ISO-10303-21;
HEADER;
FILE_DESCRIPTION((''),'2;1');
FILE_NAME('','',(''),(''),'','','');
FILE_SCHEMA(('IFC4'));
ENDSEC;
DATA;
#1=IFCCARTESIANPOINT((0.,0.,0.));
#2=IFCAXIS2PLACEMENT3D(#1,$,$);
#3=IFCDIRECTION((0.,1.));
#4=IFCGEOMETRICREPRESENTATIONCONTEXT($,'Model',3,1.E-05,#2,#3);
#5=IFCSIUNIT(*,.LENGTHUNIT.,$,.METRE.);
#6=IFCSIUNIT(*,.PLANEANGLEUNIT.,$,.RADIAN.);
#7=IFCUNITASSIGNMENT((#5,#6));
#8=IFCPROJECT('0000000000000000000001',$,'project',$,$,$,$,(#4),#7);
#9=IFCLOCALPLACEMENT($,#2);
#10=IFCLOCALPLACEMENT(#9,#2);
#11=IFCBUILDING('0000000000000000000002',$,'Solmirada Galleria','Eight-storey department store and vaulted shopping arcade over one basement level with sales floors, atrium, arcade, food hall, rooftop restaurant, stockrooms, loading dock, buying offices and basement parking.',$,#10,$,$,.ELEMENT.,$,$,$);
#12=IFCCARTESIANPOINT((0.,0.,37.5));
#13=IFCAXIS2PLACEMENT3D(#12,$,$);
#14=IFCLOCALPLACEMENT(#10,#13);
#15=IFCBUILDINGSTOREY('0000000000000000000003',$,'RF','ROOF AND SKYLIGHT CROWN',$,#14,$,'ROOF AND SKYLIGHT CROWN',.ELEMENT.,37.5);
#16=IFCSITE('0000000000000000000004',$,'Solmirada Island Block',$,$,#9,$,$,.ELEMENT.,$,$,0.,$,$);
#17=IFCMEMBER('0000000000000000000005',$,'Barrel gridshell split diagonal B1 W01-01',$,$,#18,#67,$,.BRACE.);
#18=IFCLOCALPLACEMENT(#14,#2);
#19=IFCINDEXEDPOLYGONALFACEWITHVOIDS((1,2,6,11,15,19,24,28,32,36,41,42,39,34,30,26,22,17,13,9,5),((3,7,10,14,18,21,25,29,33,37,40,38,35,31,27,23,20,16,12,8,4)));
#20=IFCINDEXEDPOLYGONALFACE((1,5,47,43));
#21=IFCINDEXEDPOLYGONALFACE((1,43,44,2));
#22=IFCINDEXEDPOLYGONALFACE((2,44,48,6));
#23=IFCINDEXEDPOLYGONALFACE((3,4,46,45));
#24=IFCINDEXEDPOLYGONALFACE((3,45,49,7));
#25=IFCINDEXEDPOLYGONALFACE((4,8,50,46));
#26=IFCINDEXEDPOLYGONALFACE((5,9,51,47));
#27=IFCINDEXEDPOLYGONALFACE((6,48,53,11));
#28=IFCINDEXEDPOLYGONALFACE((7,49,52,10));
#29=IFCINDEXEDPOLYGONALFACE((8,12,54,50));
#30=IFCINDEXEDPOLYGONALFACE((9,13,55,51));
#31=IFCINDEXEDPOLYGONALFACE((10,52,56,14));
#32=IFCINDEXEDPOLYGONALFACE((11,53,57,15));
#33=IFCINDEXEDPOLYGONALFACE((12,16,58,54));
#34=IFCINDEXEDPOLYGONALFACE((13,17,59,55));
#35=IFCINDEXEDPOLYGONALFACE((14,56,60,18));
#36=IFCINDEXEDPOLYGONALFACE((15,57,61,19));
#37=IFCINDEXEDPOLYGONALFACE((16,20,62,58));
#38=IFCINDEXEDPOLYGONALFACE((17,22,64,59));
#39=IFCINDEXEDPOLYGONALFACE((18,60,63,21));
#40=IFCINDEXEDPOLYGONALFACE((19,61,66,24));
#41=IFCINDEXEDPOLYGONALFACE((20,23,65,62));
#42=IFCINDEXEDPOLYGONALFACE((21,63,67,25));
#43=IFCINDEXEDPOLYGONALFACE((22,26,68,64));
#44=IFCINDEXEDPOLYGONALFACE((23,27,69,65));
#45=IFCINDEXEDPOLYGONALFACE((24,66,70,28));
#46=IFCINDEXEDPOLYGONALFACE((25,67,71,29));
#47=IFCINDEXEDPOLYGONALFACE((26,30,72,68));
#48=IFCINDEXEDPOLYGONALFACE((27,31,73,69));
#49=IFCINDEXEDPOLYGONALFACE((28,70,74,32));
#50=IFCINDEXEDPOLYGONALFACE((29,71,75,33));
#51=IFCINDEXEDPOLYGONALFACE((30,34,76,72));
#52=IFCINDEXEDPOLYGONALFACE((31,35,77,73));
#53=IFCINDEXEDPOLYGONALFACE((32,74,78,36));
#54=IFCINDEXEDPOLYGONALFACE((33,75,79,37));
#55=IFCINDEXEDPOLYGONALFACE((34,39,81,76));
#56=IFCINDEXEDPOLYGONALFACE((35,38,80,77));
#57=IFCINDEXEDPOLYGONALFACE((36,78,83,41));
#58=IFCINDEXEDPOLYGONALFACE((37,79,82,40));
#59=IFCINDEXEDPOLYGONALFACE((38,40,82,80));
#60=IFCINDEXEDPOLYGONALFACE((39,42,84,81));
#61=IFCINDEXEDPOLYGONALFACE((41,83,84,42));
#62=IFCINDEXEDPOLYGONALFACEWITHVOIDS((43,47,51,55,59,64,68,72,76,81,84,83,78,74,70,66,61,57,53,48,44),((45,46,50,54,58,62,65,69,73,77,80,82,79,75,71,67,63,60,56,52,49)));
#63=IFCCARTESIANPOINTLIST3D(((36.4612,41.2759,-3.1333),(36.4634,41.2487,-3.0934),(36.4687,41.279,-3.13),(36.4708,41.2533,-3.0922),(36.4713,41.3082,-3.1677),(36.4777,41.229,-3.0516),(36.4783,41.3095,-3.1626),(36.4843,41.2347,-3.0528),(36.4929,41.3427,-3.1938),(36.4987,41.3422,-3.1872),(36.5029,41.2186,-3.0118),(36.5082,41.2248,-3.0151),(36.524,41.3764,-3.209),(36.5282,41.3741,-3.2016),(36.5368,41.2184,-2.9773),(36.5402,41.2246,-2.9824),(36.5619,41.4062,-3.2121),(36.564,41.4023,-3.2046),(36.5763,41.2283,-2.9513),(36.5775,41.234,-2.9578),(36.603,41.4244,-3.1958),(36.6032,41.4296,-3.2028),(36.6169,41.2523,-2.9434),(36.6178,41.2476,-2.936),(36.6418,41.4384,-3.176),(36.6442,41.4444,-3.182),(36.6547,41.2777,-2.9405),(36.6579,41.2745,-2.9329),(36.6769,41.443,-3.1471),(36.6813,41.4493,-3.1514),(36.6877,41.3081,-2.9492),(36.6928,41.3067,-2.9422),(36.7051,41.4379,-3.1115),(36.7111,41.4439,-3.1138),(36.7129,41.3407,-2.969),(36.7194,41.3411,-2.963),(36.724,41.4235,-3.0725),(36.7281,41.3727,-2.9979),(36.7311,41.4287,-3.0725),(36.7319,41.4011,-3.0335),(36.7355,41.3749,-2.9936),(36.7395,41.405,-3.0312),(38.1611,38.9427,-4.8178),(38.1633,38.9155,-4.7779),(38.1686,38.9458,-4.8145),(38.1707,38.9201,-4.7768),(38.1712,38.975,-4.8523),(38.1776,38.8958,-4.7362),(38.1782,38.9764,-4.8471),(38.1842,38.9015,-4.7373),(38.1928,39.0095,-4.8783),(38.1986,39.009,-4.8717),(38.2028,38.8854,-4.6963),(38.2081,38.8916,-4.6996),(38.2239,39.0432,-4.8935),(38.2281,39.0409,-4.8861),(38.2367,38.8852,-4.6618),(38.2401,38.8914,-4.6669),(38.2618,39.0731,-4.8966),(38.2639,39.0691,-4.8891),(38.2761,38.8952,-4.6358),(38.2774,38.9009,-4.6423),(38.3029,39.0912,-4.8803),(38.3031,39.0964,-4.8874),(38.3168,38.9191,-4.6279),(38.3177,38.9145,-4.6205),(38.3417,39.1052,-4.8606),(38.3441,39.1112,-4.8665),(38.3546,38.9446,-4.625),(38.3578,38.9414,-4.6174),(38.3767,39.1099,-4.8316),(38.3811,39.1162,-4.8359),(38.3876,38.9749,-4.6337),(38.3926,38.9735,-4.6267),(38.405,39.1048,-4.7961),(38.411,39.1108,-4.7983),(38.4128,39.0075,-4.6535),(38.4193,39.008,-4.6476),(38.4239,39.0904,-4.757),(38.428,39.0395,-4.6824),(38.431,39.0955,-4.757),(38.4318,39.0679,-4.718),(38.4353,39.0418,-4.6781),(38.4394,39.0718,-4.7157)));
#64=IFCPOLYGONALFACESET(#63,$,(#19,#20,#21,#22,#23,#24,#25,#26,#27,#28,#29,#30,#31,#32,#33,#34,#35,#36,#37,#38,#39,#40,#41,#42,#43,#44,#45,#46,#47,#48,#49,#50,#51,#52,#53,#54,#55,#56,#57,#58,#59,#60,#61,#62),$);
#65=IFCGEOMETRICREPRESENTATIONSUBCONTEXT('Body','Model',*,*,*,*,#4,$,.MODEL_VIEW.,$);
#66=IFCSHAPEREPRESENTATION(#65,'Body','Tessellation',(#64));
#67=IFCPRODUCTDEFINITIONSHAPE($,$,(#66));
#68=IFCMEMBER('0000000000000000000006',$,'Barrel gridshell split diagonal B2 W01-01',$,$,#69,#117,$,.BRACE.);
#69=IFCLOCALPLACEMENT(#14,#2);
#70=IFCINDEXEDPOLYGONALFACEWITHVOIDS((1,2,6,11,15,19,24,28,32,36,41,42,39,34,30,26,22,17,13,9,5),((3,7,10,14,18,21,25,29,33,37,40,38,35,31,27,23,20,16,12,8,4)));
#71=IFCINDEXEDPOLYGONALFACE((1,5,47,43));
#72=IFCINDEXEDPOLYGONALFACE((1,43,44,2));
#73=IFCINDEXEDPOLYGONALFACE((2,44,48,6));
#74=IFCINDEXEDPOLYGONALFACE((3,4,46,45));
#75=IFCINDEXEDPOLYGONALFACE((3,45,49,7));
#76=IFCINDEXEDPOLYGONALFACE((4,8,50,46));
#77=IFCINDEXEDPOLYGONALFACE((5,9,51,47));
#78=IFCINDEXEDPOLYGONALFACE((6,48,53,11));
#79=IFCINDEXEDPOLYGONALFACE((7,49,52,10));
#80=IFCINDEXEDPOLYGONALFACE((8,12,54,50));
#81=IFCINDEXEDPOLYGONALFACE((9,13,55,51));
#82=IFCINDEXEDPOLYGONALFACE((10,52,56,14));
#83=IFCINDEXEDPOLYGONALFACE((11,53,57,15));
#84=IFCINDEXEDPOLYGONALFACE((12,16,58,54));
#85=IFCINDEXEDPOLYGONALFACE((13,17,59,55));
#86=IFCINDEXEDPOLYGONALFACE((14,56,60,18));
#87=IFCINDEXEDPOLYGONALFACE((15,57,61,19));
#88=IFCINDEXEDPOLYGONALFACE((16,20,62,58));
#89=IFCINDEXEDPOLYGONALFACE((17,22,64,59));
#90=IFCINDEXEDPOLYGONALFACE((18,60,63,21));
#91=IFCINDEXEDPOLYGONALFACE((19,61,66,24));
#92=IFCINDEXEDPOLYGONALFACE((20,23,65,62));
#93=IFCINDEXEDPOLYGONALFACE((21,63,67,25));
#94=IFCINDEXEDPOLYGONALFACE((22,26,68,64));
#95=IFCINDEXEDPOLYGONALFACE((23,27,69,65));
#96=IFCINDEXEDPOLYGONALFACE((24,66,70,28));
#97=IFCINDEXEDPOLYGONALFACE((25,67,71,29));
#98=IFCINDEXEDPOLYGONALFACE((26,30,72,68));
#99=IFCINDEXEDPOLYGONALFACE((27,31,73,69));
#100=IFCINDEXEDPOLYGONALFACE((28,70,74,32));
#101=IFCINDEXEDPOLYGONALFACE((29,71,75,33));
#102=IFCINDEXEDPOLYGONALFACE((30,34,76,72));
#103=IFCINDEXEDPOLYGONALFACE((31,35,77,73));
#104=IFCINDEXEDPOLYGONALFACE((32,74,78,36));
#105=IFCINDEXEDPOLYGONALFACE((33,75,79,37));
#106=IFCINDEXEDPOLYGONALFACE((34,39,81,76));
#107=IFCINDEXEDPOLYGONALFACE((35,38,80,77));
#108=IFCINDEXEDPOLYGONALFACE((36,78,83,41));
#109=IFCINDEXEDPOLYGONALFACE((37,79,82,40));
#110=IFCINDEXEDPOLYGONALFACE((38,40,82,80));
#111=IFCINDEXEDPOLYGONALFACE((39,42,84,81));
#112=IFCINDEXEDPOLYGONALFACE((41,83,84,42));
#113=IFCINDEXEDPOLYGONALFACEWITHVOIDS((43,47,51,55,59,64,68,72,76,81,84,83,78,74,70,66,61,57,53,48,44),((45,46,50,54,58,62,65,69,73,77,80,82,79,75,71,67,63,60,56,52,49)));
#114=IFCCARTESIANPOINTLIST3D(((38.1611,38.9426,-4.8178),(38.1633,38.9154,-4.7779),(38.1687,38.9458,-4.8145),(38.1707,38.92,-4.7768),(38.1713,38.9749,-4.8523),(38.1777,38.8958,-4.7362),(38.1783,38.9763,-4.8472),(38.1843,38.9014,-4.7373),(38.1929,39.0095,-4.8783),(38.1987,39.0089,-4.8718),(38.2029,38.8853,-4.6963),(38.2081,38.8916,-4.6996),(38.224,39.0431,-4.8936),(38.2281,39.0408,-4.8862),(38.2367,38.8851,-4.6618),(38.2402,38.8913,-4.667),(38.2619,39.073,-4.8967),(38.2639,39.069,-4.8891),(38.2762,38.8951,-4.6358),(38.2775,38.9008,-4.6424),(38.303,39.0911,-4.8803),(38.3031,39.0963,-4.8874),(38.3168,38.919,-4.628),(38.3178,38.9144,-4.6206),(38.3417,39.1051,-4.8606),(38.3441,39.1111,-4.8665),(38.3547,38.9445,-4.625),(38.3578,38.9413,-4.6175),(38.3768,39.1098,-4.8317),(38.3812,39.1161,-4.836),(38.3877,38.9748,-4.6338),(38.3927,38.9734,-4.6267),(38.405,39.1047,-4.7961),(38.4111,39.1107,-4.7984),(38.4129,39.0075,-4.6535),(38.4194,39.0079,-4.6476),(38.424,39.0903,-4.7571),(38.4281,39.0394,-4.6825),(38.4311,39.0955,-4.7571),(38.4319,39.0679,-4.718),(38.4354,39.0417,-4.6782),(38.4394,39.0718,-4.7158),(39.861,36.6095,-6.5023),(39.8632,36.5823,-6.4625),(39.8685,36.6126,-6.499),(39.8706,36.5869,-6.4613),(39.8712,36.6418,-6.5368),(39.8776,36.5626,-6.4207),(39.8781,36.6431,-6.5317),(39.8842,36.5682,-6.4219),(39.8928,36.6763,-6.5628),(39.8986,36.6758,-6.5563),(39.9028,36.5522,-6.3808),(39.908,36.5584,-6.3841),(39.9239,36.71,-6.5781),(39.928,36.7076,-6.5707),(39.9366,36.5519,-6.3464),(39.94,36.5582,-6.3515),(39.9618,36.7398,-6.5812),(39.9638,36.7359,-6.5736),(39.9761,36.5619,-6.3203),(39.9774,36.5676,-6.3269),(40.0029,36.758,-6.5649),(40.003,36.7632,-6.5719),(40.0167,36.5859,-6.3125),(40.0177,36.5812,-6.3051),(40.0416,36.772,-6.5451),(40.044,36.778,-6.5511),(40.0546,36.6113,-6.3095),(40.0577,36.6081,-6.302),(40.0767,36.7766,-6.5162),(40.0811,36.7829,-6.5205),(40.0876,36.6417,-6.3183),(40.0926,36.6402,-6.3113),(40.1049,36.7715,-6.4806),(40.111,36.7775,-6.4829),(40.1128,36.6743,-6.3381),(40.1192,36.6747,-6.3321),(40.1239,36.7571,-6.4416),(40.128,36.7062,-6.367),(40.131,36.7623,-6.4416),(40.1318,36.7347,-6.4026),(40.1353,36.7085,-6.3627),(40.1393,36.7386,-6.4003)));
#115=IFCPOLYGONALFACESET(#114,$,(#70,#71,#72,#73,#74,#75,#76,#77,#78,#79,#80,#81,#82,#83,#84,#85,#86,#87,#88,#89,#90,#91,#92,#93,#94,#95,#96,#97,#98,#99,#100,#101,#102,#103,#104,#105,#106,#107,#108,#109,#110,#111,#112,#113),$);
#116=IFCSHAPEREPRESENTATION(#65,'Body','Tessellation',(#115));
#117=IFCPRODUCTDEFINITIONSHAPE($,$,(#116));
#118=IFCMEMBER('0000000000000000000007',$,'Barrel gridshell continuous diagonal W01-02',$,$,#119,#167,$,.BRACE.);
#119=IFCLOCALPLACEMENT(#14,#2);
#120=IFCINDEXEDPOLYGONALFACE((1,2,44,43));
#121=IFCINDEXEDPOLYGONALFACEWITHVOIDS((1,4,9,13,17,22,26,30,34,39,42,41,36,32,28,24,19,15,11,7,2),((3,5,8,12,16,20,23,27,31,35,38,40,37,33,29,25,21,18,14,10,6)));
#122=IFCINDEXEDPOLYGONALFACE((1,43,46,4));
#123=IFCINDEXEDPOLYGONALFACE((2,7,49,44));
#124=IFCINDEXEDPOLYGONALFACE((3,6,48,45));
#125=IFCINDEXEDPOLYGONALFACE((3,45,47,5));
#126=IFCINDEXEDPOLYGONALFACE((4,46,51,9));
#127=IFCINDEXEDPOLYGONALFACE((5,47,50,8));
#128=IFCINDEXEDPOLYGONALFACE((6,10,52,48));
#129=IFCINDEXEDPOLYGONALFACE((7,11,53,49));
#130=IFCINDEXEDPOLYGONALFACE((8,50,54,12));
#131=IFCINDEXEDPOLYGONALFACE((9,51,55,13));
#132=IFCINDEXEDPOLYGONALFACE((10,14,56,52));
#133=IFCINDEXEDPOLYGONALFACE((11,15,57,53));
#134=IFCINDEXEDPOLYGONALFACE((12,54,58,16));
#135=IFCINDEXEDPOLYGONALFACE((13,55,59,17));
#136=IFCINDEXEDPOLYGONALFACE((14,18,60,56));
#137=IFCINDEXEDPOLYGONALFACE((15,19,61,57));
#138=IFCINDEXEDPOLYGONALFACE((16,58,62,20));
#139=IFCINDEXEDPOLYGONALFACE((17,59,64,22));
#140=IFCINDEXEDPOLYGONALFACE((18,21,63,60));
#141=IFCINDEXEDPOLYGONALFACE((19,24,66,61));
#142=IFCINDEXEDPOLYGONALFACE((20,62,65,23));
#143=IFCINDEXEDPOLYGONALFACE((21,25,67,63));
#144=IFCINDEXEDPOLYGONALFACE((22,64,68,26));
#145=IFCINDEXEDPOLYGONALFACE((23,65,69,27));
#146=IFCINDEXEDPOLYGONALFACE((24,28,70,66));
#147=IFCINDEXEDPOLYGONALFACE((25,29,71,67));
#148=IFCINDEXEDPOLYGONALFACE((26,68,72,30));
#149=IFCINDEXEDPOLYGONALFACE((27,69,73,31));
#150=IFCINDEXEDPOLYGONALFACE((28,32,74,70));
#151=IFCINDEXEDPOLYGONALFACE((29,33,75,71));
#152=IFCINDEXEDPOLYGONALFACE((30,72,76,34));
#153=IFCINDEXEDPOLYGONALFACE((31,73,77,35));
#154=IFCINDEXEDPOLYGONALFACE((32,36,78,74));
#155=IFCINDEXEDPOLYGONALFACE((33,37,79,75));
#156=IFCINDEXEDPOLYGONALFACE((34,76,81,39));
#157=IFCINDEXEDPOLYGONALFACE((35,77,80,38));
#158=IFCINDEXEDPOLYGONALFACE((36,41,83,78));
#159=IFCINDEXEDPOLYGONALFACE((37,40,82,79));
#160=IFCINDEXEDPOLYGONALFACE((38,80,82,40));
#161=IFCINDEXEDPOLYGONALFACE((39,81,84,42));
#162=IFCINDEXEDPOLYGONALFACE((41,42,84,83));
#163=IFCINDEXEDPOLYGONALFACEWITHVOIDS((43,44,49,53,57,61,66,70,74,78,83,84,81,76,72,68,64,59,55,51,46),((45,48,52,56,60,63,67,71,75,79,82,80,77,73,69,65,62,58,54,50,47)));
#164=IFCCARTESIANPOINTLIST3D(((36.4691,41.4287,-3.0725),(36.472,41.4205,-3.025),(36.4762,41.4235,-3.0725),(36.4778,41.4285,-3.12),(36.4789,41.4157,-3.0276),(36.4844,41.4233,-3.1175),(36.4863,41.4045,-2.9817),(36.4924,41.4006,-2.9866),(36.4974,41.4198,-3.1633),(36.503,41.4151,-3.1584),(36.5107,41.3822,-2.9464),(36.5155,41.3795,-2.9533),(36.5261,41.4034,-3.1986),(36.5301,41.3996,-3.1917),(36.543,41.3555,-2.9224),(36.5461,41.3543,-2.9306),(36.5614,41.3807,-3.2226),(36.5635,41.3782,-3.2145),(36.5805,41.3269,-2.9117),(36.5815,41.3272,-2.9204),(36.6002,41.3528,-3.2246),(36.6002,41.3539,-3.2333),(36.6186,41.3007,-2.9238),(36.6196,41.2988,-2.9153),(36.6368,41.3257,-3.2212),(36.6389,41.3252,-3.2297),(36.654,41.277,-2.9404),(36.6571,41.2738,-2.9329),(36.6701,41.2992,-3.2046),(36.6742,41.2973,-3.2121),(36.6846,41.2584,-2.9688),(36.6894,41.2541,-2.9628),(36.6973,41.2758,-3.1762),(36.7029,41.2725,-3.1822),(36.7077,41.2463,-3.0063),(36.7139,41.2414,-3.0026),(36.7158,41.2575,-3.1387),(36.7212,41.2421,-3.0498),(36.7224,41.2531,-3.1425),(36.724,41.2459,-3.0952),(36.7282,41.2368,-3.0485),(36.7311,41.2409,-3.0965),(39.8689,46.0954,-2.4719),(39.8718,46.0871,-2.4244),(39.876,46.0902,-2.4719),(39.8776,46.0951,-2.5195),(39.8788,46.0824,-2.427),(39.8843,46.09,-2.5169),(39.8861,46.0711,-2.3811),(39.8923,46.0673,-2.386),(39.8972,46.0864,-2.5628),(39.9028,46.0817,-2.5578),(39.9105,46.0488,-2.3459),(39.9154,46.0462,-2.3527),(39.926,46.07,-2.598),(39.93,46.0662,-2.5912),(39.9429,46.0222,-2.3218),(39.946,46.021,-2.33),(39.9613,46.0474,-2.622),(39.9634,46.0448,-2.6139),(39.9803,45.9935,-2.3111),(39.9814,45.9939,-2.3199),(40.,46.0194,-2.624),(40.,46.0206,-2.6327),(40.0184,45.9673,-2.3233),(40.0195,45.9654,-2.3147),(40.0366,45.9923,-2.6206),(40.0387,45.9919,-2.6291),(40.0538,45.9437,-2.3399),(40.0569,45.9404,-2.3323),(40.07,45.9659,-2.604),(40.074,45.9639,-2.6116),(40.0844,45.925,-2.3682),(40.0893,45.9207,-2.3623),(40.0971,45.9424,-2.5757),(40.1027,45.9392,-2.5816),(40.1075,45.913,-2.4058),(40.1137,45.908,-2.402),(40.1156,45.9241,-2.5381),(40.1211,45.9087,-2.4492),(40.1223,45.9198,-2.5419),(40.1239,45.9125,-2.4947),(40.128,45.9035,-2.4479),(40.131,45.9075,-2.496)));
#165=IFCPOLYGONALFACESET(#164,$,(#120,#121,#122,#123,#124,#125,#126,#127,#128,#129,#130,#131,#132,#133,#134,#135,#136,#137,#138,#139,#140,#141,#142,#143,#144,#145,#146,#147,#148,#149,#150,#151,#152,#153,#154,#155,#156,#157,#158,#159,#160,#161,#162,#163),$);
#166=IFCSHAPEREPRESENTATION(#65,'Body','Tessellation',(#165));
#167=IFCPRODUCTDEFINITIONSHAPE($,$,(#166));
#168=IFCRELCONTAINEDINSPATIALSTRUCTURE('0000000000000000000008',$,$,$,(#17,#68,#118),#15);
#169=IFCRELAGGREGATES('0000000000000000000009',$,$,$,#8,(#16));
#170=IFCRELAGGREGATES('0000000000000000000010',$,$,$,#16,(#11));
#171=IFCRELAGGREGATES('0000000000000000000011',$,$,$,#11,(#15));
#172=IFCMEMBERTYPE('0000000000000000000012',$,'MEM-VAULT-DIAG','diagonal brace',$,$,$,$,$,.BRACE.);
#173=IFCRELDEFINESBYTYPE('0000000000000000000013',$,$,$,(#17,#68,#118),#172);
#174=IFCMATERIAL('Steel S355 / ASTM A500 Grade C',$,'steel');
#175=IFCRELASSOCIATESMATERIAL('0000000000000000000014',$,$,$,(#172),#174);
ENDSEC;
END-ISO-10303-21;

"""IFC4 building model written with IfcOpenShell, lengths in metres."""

from ifc_helpers import new_model, si_unit, direction, frame, origin, origin_2d, place, context, subcontext, project, spatial, hollow_circle, extrude, material, material_profile, profile_set, type_object, element, save


model = new_model("IFC4")

# Units and contexts
model_context = context("Model", 3, precision=1e-05, world=origin(), true_north=direction((0.0, 1.0)))
body_context = subcontext(model_context, "Body", "Model", "MODEL_VIEW")
ifc_project = project(units=[si_unit("LENGTHUNIT", "METRE"), si_unit("PLANEANGLEUNIT", "RADIAN")], contexts=[model_context])

# Site, building, storey
site_placement = place(None, origin())
site = spatial("IfcSite", under=ifc_project, at=site_placement, Name="Solmirada Island Block", CompositionType="ELEMENT", RefElevation=0.0)
building_placement = place(site_placement, origin())
building = spatial("IfcBuilding", under=site, at=building_placement, Name="Solmirada Galleria", Description="Eight-storey department store and vaulted shopping arcade over one basement level with sales floors, atrium, arcade, food hall, rooftop restaurant, stockrooms, loading dock, buying offices and basement parking.", CompositionType="ELEMENT")
storey_placement = place(building_placement, frame((0.0, 0.0, 37.5)))
storey = spatial("IfcBuildingStorey", under=building, at=storey_placement, Name="RF", Description="ROOF AND SKYLIGHT CROWN", LongName="ROOF AND SKYLIGHT CROWN", CompositionType="ELEMENT", Elevation=37.5)

# Members
ifc_material_1 = material(Name="Steel S355 / ASTM A500 Grade C", Category="steel")
ifc_material_profile_1 = material_profile(ifc_material_1, hollow_circle(Radius=0.1621, WallThickness=0.0088, at=origin_2d()), Name="HSS12.750X0.375")
ifc_profile_set_1 = profile_set([ifc_material_profile_1], Name="Steel S355 / ASTM A500 Grade C")
member_type_1 = type_object("IfcMemberType", Name="MEM-VAULT-DIAG", Description="diagonal brace", PredefinedType="BRACE", material=ifc_profile_set_1)
for number, where, z_axis, x_axis, name in (
    (1, (36.6001, 41.3333, -3.0725), (0.508601, -0.698076, -0.503999), (0.808235, 0.58886, 0.0), "Barrel gridshell split diagonal B1 W01-01"),
    (2, (38.3, 39.0, -4.7571), (0.508601, -0.698076, -0.503999), (0.808235, 0.58886, 0.0), "Barrel gridshell split diagonal B2 W01-01"),
):
    element("IfcMember", number, at=place(storey_placement, frame(where, z_axis=z_axis, x_axis=x_axis)), inside=storey, type_object=member_type_1, Name=name, PredefinedType="BRACE", context=body_context, shape_type="SweptSolid", body=[
        extrude(hollow_circle(Radius=0.1621, WallThickness=0.0088, at=origin_2d()), origin(), (0.0, 0.0, 1.0), 3.3423),
    ])
member_1_placement = place(storey_placement, frame((36.6001, 41.3333, -3.0725), z_axis=(0.58568, 0.803912, 0.103459), x_axis=(-0.808249, 0.58884, 0.0)))
element("IfcMember", 3, at=member_1_placement, inside=storey, type_object=member_type_1, Name="Barrel gridshell continuous diagonal W01-02", PredefinedType="BRACE", context=body_context, shape_type="SweptSolid", body=[
    extrude(hollow_circle(Radius=0.1621, WallThickness=0.0088, at=origin_2d()), origin(), (0.0, 0.0, 1.0), 5.8049),
])

save(model, "model.ifc")
